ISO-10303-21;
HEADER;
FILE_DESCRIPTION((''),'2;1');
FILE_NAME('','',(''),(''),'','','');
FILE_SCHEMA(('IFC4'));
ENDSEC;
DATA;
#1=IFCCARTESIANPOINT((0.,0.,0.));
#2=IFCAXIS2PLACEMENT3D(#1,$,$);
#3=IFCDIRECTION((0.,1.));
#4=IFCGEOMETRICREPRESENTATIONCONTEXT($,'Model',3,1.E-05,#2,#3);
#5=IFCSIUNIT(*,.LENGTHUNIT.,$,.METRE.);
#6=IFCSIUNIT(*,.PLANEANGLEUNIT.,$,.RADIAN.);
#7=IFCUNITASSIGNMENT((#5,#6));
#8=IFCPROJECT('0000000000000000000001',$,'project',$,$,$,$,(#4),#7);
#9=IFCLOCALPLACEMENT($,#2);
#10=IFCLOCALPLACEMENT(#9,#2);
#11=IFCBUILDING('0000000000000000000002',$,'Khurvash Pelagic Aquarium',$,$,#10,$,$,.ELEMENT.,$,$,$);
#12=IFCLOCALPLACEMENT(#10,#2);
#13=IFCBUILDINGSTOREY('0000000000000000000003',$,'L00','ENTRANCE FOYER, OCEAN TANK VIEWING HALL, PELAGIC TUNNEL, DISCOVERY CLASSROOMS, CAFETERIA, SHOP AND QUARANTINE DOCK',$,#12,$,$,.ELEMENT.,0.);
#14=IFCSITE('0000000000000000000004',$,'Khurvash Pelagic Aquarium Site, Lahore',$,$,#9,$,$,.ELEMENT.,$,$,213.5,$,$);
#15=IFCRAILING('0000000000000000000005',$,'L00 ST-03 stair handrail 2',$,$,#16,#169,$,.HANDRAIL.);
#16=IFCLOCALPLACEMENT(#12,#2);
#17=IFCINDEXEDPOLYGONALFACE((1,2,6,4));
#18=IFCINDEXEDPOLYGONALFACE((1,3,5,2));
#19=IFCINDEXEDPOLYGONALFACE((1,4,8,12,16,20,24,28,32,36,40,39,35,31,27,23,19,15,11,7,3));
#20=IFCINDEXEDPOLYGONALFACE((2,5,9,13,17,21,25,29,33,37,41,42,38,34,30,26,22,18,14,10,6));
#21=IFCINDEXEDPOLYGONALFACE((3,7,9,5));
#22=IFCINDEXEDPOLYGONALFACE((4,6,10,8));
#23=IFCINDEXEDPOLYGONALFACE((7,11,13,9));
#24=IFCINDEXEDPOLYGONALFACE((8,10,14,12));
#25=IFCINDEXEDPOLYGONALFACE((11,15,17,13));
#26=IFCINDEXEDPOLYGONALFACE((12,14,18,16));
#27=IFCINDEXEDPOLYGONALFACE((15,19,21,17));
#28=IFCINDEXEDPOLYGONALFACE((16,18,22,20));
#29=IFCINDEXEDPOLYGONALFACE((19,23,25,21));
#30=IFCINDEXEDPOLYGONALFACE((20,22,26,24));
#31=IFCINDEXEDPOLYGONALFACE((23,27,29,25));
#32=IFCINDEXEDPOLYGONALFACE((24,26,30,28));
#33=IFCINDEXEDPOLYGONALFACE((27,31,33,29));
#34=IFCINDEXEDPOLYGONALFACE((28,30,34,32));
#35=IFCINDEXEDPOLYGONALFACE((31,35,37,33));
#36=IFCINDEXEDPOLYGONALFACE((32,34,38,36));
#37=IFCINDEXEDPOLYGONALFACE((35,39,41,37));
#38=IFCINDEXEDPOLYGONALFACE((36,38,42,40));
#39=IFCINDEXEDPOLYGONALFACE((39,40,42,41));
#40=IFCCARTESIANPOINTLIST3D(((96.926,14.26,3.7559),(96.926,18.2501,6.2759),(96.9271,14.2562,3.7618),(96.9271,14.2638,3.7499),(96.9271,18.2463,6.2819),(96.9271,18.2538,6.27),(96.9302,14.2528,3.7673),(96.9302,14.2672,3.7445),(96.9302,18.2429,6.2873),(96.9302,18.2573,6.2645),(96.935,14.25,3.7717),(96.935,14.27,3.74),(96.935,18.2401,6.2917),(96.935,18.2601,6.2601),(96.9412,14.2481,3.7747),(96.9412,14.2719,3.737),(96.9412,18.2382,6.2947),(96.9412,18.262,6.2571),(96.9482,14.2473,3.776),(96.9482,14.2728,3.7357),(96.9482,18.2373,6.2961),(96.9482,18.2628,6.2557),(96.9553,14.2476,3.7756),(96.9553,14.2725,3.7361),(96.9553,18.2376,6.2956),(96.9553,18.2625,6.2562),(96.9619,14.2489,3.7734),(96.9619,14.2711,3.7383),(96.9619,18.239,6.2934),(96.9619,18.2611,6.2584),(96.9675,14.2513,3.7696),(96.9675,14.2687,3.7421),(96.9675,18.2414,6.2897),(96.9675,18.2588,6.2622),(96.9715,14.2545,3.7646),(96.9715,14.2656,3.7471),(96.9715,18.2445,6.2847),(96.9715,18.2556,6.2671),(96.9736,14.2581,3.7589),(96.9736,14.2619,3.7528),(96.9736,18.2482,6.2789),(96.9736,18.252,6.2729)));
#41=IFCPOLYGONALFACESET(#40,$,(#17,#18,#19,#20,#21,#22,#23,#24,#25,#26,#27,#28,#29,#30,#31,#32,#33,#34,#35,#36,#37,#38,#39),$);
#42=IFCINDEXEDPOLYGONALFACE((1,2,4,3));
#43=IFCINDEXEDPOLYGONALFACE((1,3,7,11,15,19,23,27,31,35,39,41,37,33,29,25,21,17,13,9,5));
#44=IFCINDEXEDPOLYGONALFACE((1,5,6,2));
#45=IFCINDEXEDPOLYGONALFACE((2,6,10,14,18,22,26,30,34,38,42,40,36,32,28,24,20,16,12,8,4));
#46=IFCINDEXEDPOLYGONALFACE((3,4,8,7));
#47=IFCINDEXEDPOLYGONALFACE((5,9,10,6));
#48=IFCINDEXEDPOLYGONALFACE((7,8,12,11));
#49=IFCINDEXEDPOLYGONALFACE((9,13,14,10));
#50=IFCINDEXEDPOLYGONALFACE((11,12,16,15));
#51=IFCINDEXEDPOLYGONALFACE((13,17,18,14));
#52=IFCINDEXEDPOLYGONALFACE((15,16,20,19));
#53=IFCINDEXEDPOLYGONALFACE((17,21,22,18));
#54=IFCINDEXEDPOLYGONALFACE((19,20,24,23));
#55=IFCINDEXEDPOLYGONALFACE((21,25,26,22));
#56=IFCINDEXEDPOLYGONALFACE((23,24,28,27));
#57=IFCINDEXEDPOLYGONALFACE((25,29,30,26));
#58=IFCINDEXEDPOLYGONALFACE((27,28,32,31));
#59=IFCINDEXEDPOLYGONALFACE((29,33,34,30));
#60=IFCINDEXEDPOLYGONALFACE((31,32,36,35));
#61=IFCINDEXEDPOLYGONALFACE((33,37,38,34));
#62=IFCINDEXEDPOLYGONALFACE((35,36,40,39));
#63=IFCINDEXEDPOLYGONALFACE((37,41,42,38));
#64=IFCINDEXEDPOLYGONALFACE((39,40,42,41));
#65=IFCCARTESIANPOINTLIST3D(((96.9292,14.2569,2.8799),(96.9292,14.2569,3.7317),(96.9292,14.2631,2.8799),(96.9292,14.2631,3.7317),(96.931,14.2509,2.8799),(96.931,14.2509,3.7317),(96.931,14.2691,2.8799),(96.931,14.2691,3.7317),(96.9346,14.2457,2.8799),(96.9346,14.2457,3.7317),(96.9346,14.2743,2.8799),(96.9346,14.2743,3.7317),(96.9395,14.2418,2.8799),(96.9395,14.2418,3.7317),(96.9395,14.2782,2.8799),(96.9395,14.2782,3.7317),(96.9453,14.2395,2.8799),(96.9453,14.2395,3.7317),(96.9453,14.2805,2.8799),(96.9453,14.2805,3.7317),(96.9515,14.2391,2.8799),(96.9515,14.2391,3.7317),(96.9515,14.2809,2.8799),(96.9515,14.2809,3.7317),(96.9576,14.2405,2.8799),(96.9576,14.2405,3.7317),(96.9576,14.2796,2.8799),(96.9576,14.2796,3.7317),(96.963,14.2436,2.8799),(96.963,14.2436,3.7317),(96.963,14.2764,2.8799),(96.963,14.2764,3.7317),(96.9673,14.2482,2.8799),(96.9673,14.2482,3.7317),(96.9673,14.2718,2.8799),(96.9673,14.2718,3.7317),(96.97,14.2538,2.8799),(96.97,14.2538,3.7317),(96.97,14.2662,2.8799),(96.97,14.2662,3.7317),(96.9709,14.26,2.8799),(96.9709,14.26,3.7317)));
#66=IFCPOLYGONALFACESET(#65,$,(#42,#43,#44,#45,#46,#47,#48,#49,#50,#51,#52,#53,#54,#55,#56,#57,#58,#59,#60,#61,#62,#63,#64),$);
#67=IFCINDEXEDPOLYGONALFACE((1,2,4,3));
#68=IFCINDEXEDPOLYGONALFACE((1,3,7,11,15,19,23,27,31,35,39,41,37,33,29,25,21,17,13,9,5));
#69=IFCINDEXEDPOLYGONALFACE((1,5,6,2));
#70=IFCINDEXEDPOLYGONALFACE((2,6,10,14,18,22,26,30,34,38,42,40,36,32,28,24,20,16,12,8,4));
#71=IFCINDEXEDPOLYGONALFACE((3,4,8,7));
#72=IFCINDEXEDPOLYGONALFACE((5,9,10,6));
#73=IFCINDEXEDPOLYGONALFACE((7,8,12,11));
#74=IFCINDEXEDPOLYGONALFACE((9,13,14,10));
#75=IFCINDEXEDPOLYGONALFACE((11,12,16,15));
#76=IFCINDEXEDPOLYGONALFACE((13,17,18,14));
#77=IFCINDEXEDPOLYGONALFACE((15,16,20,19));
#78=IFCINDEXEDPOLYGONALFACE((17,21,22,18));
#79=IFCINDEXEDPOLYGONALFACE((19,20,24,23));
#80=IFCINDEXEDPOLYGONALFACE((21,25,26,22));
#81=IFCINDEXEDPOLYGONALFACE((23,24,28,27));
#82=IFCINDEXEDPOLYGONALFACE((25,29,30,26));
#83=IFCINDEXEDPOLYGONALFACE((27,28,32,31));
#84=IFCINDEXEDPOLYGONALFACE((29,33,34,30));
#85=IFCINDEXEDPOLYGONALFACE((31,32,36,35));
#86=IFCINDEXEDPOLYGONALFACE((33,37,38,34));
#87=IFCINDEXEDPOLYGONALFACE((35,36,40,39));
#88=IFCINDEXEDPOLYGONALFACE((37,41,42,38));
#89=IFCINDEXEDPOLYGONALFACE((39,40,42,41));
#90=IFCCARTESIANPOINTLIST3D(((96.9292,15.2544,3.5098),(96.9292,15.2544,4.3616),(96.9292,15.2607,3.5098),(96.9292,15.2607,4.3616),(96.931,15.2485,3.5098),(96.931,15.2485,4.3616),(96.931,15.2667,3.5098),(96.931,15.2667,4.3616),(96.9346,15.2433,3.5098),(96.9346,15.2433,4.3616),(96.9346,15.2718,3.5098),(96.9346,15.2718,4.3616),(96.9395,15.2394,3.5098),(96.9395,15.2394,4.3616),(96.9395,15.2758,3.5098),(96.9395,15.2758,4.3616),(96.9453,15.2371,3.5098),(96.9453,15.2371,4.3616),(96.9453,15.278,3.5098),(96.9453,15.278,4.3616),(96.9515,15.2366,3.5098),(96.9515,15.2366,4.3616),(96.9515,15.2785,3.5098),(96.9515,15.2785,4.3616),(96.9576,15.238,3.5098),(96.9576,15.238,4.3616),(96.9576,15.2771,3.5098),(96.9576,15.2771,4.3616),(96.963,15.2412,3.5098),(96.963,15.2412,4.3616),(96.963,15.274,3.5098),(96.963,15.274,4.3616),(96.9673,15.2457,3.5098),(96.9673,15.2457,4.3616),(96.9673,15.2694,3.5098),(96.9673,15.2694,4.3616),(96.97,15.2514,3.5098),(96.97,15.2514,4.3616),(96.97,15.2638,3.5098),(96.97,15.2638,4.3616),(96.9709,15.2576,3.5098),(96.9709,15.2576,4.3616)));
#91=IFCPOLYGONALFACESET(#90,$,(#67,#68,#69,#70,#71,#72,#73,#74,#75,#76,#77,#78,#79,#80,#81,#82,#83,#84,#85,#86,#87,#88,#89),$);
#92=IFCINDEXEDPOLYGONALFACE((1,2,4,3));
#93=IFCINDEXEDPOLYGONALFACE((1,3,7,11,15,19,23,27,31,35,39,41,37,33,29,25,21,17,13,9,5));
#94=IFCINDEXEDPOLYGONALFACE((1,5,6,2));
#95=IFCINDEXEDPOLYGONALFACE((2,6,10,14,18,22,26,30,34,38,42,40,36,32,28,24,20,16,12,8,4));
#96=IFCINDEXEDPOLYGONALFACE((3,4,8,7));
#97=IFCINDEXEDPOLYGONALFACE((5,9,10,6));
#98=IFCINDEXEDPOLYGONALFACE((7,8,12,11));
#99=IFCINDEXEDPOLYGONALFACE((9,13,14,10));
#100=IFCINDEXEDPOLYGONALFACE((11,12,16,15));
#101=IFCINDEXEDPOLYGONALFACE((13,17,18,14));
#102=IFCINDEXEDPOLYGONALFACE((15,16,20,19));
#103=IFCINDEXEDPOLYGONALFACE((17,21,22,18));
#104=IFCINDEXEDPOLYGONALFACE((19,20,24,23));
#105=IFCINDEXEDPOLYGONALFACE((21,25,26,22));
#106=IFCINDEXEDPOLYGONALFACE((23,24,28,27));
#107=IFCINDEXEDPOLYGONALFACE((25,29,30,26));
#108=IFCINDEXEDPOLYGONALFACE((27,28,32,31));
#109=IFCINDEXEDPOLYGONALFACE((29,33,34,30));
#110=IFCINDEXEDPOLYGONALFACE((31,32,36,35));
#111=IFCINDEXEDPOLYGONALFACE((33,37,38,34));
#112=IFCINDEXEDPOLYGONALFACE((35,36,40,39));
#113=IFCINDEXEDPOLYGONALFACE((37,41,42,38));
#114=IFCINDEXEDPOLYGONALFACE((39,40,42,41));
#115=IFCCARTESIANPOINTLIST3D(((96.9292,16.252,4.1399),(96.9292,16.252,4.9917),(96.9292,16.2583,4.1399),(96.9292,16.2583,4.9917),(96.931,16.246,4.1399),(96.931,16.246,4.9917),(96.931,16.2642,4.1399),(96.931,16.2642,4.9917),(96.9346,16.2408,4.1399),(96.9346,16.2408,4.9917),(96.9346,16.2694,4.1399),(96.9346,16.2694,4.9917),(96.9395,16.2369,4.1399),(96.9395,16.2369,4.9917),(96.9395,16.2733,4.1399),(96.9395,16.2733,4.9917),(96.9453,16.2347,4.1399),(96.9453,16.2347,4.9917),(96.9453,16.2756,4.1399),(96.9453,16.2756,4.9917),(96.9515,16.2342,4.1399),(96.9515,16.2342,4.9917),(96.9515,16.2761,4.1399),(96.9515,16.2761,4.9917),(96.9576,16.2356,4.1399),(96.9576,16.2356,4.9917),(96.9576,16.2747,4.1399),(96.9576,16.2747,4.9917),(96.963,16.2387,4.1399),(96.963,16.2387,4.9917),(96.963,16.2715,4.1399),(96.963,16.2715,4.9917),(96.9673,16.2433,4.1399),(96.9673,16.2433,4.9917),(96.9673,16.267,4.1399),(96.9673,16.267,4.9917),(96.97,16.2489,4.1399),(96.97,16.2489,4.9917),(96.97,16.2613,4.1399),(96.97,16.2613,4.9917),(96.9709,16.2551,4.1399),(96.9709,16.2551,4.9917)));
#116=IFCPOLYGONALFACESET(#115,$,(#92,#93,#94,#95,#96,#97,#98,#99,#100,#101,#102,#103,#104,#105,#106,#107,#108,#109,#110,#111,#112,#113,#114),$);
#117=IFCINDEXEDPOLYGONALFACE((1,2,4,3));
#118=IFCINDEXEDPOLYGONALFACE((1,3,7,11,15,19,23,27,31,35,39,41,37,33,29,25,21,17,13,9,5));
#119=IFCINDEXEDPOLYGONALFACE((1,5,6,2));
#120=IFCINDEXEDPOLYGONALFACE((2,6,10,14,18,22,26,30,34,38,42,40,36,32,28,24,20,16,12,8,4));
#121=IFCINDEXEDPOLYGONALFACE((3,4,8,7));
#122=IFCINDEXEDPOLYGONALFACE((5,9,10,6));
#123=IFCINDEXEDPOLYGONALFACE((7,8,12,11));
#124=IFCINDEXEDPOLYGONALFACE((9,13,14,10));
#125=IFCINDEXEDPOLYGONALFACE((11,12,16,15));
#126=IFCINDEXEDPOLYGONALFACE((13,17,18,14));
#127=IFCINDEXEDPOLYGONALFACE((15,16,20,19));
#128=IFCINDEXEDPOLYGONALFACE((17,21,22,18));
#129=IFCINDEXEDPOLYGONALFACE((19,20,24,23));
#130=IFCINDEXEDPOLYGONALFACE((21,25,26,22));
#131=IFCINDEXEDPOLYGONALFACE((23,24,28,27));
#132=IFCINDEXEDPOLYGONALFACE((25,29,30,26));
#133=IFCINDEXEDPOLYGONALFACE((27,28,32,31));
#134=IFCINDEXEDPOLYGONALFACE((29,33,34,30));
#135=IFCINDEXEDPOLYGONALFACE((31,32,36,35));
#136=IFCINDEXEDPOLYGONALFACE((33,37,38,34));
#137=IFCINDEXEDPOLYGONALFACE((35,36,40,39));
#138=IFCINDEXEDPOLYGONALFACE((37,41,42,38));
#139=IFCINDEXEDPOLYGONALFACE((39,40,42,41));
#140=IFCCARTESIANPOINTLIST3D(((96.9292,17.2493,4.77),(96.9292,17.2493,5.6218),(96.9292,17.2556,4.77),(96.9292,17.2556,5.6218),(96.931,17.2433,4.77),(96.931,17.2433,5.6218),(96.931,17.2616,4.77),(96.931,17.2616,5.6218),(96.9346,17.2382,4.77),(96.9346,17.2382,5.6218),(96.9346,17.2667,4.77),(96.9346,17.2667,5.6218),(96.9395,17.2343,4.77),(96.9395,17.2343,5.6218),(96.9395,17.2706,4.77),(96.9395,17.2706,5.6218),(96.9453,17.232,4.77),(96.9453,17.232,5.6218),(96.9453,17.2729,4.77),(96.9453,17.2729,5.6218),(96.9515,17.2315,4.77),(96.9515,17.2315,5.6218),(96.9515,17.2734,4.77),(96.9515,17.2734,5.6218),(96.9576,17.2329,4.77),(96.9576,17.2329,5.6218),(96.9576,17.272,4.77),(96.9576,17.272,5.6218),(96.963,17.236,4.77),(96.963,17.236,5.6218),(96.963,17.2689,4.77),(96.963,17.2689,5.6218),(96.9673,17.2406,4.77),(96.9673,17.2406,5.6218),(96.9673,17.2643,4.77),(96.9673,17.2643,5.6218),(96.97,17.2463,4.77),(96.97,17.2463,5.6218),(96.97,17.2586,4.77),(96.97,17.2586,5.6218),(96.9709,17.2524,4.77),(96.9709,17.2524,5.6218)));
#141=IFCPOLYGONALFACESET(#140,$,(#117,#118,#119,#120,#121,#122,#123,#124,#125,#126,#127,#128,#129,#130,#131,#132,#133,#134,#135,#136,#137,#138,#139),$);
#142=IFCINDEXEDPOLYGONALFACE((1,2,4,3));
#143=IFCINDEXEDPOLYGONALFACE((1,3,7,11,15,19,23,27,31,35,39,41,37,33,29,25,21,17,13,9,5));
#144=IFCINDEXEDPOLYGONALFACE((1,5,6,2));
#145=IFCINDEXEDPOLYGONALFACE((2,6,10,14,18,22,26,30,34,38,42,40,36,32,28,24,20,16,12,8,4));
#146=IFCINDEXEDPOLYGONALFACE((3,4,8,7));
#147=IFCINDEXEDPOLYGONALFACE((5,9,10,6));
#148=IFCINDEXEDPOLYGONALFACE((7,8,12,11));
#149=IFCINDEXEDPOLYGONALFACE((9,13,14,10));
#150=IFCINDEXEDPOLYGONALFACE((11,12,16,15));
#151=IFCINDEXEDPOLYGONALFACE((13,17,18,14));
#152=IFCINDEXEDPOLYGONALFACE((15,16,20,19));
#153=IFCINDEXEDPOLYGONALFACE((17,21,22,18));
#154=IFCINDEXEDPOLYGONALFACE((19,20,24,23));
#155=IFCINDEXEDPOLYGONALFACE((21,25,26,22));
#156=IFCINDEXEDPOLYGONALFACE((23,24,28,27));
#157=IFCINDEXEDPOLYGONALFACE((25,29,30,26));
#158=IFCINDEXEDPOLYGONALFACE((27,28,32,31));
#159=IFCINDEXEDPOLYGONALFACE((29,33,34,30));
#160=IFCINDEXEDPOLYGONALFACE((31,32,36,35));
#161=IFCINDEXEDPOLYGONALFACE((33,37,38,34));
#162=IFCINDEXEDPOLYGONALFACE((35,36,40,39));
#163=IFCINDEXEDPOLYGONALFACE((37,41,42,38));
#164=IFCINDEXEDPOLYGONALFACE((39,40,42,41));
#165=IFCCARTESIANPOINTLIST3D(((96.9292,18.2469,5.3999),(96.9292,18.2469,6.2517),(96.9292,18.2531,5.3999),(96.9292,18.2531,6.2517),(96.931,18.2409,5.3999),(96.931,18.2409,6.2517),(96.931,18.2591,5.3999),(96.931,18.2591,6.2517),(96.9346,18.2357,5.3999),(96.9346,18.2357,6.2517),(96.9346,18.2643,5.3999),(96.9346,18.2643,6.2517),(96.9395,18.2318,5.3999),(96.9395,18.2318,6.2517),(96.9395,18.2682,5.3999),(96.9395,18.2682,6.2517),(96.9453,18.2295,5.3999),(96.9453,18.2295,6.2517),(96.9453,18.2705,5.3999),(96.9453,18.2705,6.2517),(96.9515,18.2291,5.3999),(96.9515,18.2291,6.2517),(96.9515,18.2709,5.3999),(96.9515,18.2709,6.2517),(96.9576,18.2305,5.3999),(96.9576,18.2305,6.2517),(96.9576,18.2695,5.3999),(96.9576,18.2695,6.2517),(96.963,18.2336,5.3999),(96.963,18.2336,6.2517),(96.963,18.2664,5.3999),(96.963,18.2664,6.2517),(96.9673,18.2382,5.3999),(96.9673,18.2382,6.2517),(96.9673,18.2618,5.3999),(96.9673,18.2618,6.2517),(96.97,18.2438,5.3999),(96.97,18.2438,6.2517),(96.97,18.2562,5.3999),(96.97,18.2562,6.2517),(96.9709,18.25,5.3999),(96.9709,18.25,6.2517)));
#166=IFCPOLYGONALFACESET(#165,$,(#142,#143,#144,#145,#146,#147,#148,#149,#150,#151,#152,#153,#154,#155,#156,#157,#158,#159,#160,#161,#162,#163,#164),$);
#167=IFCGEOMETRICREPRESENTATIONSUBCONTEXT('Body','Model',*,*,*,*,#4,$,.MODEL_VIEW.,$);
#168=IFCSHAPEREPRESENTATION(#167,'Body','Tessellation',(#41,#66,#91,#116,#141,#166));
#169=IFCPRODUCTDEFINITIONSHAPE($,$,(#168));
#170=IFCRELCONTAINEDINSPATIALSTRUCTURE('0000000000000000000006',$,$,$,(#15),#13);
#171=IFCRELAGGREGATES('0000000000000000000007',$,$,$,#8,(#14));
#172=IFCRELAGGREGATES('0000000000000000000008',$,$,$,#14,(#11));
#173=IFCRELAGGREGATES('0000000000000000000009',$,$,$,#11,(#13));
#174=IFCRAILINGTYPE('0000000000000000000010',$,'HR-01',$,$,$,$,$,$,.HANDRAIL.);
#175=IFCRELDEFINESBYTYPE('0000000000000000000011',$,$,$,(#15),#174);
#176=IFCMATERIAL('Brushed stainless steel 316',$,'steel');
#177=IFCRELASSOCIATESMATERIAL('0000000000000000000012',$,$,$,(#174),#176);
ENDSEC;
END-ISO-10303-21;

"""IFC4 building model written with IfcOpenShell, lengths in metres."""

from ifc_helpers import new_model, si_unit, direction, frame, origin, origin_2d, place, context, subcontext, project, spatial, circle, extrude, material, type_object, element, save


model = new_model("IFC4")

# Units and contexts
model_context = context("Model", 3, precision=1e-05, world=origin(), true_north=direction((0.0, 1.0)))
body_context = subcontext(model_context, "Body", "Model", "MODEL_VIEW")
ifc_project = project(units=[si_unit("LENGTHUNIT", "METRE"), si_unit("PLANEANGLEUNIT", "RADIAN")], contexts=[model_context])

# Site, building, storey
site_placement = place(None, origin())
site = spatial("IfcSite", under=ifc_project, at=site_placement, Name="Khurvash Pelagic Aquarium Site, Lahore", CompositionType="ELEMENT", RefElevation=213.5)
building_placement = place(site_placement, origin())
building = spatial("IfcBuilding", under=site, at=building_placement, Name="Khurvash Pelagic Aquarium", CompositionType="ELEMENT")
storey_placement = place(building_placement, origin())
storey = spatial("IfcBuildingStorey", under=building, at=storey_placement, Name="L00", Description="ENTRANCE FOYER, OCEAN TANK VIEWING HALL, PELAGIC TUNNEL, DISCOVERY CLASSROOMS, CAFETERIA, SHOP AND QUARANTINE DOCK", CompositionType="ELEMENT", Elevation=0.0)

# Railing
ifc_material_1 = material(Name="Brushed stainless steel 316", Category="steel")
railing_type_1 = type_object("IfcRailingType", Name="HR-01", PredefinedType="HANDRAIL", material=ifc_material_1)
railing_1_placement = place(storey_placement, frame((96.95, 14.26, 2.8799)))
element("IfcRailing", 1, at=railing_1_placement, inside=storey, type_object=railing_type_1, Name="L00 ST-03 stair handrail 2", PredefinedType="HANDRAIL", context=body_context, shape_type="SweptSolid", body=[
    extrude(circle(Radius=0.0239, at=origin_2d()), frame((0.0, 0.0, 0.876), z_axis=(0.0, 0.845486, 0.533997), x_axis=(-1.0, 0.0, 0.0)), (0.0, 0.0, 1.0), 4.7192),
    extrude(circle(Radius=0.021, at=origin_2d()), origin(), (0.0, 0.0, 1.0), 0.8518),
    extrude(circle(Radius=0.021, at=origin_2d()), frame((0.0, 0.9976, 0.6299)), (0.0, 0.0, 1.0), 0.8518),
    extrude(circle(Radius=0.021, at=origin_2d()), frame((0.0, 1.9951, 1.26)), (0.0, 0.0, 1.0), 0.8518),
    extrude(circle(Radius=0.021, at=origin_2d()), frame((0.0, 2.9924, 1.8901)), (0.0, 0.0, 1.0), 0.8518),
    extrude(circle(Radius=0.021, at=origin_2d()), frame((0.0, 3.99, 2.52)), (0.0, 0.0, 1.0), 0.8518),
])

save(model, "model.ifc")
